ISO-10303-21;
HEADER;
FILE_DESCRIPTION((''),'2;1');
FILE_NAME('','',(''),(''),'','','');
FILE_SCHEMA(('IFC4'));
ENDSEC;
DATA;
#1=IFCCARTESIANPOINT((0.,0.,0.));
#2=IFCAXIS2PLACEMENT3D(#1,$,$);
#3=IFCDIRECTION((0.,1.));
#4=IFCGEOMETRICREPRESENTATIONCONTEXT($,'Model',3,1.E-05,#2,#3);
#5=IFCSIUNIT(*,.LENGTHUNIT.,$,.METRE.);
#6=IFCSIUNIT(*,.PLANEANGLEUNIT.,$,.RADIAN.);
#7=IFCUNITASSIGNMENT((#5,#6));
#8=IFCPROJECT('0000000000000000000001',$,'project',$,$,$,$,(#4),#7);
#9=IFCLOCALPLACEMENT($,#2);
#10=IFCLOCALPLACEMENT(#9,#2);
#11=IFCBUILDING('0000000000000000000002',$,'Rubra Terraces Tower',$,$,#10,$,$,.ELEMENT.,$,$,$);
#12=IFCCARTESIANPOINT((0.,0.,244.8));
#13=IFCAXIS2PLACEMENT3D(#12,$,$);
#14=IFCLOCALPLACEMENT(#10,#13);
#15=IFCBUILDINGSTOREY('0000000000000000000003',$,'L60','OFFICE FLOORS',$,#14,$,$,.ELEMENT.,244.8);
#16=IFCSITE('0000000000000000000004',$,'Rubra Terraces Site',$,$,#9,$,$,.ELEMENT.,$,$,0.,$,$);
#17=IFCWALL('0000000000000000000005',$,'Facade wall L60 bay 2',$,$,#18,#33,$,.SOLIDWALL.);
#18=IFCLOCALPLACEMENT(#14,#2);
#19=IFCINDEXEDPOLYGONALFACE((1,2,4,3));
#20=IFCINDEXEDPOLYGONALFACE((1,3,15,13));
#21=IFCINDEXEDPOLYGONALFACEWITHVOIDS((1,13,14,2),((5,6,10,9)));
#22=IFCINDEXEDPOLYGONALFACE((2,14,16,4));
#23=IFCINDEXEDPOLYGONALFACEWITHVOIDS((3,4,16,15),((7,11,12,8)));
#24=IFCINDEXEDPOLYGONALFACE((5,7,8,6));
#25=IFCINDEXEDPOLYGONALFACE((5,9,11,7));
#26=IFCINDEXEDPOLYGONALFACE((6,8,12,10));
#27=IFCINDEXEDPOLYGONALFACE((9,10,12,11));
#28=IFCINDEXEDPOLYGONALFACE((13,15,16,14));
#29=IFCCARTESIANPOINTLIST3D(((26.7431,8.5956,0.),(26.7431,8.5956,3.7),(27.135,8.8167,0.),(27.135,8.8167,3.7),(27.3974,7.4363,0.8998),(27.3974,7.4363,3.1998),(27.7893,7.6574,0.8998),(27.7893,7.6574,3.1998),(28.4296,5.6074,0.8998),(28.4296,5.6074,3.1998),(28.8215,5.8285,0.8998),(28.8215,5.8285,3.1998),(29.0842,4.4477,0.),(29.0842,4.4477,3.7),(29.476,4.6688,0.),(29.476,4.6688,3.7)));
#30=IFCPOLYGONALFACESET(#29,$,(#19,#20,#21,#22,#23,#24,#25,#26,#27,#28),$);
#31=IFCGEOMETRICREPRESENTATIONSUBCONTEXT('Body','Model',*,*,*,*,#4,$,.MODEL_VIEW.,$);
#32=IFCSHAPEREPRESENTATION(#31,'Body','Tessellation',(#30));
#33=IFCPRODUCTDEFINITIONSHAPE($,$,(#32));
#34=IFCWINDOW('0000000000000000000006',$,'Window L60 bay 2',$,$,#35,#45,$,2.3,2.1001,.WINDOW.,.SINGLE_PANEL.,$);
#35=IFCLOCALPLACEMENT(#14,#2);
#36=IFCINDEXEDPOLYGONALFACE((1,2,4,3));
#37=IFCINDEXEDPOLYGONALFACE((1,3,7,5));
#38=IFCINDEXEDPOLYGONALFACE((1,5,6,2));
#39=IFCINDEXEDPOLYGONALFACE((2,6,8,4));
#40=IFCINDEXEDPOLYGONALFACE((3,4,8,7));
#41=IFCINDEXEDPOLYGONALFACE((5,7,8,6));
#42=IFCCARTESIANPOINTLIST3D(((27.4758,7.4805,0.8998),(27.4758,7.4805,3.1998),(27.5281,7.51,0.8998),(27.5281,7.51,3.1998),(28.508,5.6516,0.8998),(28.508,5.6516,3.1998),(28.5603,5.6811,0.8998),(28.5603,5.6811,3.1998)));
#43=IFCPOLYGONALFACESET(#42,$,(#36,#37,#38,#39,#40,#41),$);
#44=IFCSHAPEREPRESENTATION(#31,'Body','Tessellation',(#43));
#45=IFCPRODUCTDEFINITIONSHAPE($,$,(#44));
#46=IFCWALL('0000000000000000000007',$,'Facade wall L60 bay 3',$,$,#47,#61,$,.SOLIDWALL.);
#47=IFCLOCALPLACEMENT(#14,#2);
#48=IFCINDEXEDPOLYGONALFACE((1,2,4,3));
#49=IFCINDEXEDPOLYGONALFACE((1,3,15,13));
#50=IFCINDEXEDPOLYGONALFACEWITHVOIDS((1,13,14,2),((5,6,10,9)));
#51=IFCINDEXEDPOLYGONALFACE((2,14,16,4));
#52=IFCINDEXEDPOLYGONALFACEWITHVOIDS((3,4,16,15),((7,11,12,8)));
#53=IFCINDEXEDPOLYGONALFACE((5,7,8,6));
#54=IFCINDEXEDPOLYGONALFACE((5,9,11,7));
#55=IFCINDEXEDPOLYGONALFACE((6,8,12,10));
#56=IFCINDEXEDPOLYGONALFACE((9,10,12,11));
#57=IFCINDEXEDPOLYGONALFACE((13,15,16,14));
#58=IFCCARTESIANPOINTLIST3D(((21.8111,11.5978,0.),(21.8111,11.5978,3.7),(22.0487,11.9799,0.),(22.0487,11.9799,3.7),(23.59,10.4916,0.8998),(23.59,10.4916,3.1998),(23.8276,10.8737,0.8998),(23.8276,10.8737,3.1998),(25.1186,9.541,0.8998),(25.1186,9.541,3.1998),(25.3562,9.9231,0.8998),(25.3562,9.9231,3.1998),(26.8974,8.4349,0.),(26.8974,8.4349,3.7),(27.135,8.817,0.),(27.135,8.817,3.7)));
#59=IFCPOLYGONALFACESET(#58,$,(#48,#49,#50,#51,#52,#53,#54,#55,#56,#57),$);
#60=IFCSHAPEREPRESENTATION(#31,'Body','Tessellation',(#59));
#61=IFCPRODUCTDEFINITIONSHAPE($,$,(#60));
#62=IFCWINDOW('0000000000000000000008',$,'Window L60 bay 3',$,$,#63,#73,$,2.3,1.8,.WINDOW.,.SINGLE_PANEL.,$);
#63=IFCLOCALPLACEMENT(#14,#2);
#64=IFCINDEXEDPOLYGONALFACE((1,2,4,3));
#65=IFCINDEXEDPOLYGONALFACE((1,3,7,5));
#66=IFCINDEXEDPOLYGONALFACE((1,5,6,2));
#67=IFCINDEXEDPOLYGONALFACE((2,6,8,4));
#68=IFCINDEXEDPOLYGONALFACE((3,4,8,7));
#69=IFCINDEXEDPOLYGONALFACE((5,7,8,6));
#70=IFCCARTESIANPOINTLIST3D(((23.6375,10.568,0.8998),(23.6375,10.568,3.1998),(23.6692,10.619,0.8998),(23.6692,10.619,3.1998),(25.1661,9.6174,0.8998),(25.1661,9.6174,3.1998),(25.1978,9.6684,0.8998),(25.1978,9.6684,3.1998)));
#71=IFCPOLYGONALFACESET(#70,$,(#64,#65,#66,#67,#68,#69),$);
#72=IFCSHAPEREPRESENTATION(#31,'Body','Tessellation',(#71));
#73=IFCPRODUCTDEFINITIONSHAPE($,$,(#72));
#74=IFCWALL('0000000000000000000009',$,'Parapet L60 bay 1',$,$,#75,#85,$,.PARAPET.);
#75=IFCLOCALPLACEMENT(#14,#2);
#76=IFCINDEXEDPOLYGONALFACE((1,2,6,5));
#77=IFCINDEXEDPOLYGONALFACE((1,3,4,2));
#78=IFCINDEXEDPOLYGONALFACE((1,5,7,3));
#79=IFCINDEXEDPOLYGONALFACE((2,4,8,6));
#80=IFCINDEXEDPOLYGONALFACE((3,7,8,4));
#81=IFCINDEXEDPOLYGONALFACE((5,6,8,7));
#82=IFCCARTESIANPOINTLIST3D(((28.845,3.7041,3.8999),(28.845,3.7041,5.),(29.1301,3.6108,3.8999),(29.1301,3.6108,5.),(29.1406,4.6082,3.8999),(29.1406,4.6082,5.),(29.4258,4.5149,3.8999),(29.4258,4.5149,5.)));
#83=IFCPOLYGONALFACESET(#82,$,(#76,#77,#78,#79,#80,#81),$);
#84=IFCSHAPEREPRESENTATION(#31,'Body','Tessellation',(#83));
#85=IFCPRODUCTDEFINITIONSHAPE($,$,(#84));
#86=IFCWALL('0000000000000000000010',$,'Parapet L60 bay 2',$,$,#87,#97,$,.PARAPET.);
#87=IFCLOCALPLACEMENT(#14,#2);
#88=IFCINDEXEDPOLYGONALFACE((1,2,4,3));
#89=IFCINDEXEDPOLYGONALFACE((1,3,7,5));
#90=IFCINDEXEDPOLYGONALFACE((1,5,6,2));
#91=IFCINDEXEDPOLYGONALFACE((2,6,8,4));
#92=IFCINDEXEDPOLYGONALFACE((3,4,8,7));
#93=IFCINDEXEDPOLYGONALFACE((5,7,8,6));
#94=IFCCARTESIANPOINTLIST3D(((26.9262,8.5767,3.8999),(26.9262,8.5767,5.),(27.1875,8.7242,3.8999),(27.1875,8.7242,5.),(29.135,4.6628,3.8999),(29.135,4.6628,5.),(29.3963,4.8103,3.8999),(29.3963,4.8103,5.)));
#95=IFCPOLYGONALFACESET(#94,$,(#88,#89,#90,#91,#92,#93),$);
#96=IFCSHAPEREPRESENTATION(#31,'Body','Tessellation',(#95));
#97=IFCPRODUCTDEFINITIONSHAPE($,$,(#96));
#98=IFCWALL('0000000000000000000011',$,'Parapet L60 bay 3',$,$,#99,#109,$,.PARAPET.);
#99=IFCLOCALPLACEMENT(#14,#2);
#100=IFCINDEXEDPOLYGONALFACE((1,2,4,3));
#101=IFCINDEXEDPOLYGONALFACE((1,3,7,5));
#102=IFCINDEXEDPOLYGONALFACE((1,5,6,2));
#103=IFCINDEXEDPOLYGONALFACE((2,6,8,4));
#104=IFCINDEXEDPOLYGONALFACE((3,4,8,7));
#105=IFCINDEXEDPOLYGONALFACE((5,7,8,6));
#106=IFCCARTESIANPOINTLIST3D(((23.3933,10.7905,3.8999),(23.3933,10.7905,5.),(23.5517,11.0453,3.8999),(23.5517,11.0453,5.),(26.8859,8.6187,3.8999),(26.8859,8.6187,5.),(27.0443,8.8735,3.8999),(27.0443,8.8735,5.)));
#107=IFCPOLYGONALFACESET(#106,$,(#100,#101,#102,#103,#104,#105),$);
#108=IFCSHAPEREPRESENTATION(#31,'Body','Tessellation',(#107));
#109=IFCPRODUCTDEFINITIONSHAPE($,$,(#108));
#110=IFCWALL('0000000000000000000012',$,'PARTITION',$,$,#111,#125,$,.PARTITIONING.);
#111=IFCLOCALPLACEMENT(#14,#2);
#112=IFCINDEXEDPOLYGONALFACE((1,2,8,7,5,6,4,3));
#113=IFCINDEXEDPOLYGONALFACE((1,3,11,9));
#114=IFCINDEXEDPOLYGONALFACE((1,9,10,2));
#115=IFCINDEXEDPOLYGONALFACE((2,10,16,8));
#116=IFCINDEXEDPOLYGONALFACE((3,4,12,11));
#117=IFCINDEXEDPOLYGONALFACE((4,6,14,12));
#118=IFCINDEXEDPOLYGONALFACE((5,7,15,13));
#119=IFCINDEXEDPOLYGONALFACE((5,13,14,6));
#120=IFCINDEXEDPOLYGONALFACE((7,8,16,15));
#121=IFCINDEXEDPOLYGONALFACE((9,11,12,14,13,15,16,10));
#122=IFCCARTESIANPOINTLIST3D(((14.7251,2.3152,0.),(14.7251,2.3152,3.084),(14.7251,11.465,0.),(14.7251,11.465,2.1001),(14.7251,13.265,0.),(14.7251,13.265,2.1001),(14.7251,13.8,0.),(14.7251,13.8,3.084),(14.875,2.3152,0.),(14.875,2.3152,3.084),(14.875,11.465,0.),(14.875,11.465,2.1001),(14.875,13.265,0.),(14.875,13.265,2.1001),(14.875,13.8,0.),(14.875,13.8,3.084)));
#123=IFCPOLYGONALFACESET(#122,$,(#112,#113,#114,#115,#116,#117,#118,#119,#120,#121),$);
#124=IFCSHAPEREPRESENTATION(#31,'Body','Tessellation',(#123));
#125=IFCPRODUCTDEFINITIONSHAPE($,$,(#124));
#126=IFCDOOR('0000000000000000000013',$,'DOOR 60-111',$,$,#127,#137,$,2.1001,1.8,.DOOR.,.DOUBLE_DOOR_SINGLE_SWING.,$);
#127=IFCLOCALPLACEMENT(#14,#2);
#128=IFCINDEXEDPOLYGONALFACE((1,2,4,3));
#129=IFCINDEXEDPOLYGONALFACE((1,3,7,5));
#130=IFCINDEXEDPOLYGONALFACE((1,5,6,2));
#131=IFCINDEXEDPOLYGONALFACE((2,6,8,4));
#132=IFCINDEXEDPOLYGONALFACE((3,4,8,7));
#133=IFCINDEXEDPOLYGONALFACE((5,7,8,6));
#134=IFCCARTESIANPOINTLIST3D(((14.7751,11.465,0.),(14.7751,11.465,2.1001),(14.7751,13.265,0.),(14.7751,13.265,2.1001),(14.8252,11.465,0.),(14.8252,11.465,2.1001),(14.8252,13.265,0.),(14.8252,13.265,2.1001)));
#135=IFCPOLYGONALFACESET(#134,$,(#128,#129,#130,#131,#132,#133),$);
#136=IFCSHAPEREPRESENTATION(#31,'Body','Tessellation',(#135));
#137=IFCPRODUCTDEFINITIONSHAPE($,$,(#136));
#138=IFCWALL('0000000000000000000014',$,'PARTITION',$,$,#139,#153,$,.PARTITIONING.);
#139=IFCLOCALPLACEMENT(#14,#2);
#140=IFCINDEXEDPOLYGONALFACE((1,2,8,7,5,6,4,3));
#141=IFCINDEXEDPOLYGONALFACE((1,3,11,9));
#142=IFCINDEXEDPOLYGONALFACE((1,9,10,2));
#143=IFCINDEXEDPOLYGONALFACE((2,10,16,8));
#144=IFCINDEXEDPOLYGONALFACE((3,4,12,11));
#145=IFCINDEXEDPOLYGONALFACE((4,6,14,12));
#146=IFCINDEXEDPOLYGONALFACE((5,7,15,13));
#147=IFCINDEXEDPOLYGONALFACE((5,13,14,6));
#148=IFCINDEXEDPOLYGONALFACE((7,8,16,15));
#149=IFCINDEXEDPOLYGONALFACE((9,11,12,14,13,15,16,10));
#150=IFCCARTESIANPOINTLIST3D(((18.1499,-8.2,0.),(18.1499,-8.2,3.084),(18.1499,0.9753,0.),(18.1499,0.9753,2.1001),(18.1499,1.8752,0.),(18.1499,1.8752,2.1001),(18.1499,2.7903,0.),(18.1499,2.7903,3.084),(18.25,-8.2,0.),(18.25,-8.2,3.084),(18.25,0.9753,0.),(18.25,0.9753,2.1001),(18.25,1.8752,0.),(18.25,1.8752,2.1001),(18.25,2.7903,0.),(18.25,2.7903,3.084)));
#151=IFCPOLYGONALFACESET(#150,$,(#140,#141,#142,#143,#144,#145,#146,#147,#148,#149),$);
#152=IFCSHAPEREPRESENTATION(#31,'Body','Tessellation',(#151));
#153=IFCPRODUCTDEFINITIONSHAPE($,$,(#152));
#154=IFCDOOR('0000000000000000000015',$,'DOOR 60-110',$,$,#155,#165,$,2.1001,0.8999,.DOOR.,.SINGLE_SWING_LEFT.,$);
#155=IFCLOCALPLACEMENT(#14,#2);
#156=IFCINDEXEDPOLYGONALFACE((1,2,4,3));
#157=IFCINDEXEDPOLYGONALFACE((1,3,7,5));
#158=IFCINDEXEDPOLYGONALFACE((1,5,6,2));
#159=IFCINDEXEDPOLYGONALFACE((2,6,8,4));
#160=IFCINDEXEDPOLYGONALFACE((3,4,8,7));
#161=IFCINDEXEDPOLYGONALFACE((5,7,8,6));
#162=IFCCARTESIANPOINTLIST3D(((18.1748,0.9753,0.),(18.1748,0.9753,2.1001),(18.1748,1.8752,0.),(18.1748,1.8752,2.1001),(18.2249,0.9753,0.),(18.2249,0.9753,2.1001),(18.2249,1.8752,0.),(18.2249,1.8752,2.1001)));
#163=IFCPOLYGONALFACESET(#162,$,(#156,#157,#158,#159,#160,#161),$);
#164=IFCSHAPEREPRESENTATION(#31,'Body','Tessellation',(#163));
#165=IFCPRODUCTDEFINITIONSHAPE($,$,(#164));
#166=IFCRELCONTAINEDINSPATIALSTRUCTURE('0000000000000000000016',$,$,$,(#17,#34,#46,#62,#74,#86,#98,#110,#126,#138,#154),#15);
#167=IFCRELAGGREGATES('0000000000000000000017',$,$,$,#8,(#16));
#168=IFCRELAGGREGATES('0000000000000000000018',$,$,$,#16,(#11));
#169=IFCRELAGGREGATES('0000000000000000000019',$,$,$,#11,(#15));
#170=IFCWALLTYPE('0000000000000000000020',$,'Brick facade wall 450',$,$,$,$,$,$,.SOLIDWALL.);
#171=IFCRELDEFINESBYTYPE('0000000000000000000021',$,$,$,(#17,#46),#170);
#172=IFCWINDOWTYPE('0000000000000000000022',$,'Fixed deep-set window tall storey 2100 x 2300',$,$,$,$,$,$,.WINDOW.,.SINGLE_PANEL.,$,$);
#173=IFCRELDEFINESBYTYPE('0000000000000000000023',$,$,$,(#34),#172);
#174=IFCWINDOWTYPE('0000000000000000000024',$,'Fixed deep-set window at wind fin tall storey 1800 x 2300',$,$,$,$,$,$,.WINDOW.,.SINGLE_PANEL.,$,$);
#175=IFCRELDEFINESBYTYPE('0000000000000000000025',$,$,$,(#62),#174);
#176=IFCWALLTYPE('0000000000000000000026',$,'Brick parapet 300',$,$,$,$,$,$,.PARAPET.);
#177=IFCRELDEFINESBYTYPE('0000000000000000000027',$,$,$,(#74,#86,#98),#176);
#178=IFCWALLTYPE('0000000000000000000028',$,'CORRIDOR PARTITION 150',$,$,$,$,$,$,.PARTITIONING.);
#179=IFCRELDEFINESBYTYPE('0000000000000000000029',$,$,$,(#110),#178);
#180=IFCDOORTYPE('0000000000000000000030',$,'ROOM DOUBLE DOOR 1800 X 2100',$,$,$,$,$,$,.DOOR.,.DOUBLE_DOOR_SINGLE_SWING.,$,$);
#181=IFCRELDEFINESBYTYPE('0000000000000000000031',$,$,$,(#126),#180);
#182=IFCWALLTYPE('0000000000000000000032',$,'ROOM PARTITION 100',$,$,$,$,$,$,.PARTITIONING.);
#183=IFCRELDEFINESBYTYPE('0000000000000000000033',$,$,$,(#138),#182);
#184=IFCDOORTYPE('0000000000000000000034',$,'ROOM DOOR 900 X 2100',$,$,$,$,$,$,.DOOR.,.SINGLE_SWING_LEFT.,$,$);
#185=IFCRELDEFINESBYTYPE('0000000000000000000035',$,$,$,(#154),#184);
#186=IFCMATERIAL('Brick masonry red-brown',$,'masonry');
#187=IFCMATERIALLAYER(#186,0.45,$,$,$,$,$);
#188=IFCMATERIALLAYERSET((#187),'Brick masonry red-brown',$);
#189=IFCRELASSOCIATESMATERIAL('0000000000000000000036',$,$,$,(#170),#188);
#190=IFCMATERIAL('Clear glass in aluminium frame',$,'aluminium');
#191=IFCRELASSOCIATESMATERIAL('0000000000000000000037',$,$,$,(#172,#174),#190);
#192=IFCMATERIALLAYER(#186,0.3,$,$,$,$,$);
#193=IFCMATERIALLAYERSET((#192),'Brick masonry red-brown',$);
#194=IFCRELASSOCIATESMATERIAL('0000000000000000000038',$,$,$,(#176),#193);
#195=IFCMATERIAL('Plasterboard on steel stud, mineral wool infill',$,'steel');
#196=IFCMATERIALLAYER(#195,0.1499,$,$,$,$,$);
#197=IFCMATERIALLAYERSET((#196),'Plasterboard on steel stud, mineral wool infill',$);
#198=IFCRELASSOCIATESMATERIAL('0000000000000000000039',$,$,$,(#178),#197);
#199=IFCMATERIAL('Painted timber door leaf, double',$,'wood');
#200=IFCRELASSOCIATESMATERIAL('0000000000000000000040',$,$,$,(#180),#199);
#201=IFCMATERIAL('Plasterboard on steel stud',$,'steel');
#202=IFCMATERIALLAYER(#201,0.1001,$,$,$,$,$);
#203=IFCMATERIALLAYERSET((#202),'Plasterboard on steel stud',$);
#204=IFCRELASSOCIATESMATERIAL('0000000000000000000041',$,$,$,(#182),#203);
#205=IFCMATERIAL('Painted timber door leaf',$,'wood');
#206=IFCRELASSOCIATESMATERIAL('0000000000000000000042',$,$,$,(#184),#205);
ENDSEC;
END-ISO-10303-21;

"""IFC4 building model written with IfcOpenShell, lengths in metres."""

from ifc_helpers import new_model, si_unit, direction, frame, frame_2d, origin, place, context, subcontext, project, spatial, rectangle, extrude, material, layer, layer_set, type_object, element, fill, save


model = new_model("IFC4")

# Units and contexts
model_context = context("Model", 3, precision=1e-05, world=origin(), true_north=direction((0.0, 1.0)))
body_context = subcontext(model_context, "Body", "Model", "MODEL_VIEW")
ifc_project = project(units=[si_unit("LENGTHUNIT", "METRE"), si_unit("PLANEANGLEUNIT", "RADIAN")], contexts=[model_context])

# Site, building, storey
site_placement = place(None, origin())
site = spatial("IfcSite", under=ifc_project, at=site_placement, Name="Rubra Terraces Site", CompositionType="ELEMENT", RefElevation=0.0)
building_placement = place(site_placement, origin())
building = spatial("IfcBuilding", under=site, at=building_placement, Name="Rubra Terraces Tower", CompositionType="ELEMENT")
storey_placement = place(building_placement, frame((0.0, 0.0, 244.8)))
storey = spatial("IfcBuildingStorey", under=building, at=storey_placement, Name="L60", Description="OFFICE FLOORS", CompositionType="ELEMENT", Elevation=244.8)

# Walls, openings, windows
ifc_material_1 = material(Name="Brick masonry red-brown", Category="masonry")
ifc_layer_1 = layer(ifc_material_1, 0.45)
ifc_layer_set_1 = layer_set([ifc_layer_1], Name="Brick masonry red-brown")
wall_type_1 = type_object("IfcWallType", Name="Brick facade wall 450", PredefinedType="SOLIDWALL", material=ifc_layer_set_1)
ifc_material_2 = material(Name="Clear glass in aluminium frame", Category="aluminium")
window_type_1 = type_object("IfcWindowType", Name="Fixed deep-set window tall storey 2100 x 2300", PartitioningType="SINGLE_PANEL", PredefinedType="WINDOW", material=ifc_material_2)
wall_1_placement = place(storey_placement, frame((29.28, 4.5583, 0.0), z_axis=(0.0, 0.0, 1.0), x_axis=(-0.491512, 0.870871, 0.0)))
wall_1 = element("IfcWall", 1, at=wall_1_placement, inside=storey, type_object=wall_type_1, Name="Facade wall L60 bay 2", PredefinedType="SOLIDWALL", context=body_context, shape_type="SweptSolid", body=[
    extrude(rectangle(XDim=4.7629, YDim=0.45, at=frame_2d((2.3813, 0.0))), origin(), (0.0, 0.0, 1.0), 3.7),
])
opening_1_placement = place(wall_1_placement, frame((1.3315, 0.0, 0.8999)))
opening_1 = element("IfcOpeningElement", 2, at=opening_1_placement, cuts=wall_1, PredefinedType="OPENING", context=body_context, shape_type="SweptSolid", body=[
    extrude(rectangle(XDim=2.1001, YDim=2.3, at=frame_2d((1.05, 1.1499))), frame((0.0, 0.2349, 0.0), z_axis=(0.0, -1.0, 0.0), x_axis=(1.0, 0.0, 0.0)), (0.0, 0.0, 1.0), 0.47),
])
window_1_placement = place(opening_1_placement, origin())
window_1 = element("IfcWindow", 3, at=window_1_placement, inside=storey, type_object=window_type_1, Name="Window L60 bay 2", OverallHeight=2.3, OverallWidth=2.1001, PartitioningType="SINGLE_PANEL", PredefinedType="WINDOW", context=body_context, shape_type="SweptSolid", body=[
    extrude(rectangle(XDim=2.1001, YDim=2.3, at=frame_2d((1.05, 1.1499))), frame((0.0, 0.135, 0.0), z_axis=(0.0, -1.0, 0.0), x_axis=(1.0, 0.0, 0.0)), (0.0, 0.0, 1.0), 0.0601),
])
fill(opening_1, window_1)
wall_2_placement = place(storey_placement, frame((27.0161, 8.626, 0.0), z_axis=(0.0, 0.0, 1.0), x_axis=(-0.849198, 0.528074, 0.0)))
wall_2 = element("IfcWall", 4, at=wall_2_placement, inside=storey, type_object=wall_type_1, Name="Facade wall L60 bay 3", PredefinedType="SOLIDWALL", context=body_context, shape_type="SweptSolid", body=[
    extrude(rectangle(XDim=5.9895, YDim=0.45, at=frame_2d((2.9946, 0.0))), origin(), (0.0, 0.0, 1.0), 3.7),
])
opening_2_placement = place(wall_2_placement, frame((2.0947, 0.0, 0.8999)))
opening_2 = element("IfcOpeningElement", 5, at=opening_2_placement, cuts=wall_2, PredefinedType="OPENING", context=body_context, shape_type="SweptSolid", body=[
    extrude(rectangle(XDim=1.8, YDim=2.3, at=frame_2d((0.8999, 1.1499))), frame((0.0, 0.2349, 0.0), z_axis=(0.0, -1.0, 0.0), x_axis=(1.0, 0.0, 0.0)), (0.0, 0.0, 1.0), 0.47),
])
window_type_2 = type_object("IfcWindowType", Name="Fixed deep-set window at wind fin tall storey 1800 x 2300", PartitioningType="SINGLE_PANEL", PredefinedType="WINDOW", material=ifc_material_2)
window_2_placement = place(opening_2_placement, origin())
window_2 = element("IfcWindow", 6, at=window_2_placement, inside=storey, type_object=window_type_2, Name="Window L60 bay 3", OverallHeight=2.3, OverallWidth=1.8, PartitioningType="SINGLE_PANEL", PredefinedType="WINDOW", context=body_context, shape_type="SweptSolid", body=[
    extrude(rectangle(XDim=1.8, YDim=2.3, at=frame_2d((0.8999, 1.1499))), frame((0.0, 0.135, 0.0), z_axis=(0.0, -1.0, 0.0), x_axis=(1.0, 0.0, 0.0)), (0.0, 0.0, 1.0), 0.0601),
])
fill(opening_2, window_2)

# Walls
ifc_layer_2 = layer(ifc_material_1, 0.3)
ifc_layer_set_2 = layer_set([ifc_layer_2], Name="Brick masonry red-brown")
wall_type_2 = type_object("IfcWallType", Name="Brick parapet 300", PredefinedType="PARAPET", material=ifc_layer_set_2)
wall_3_placement = place(storey_placement, frame((28.9875, 3.6575, 3.8999), z_axis=(0.0, 0.0, 1.0), x_axis=(0.310833, 0.950465, 0.0)))
element("IfcWall", 7, at=wall_3_placement, inside=storey, type_object=wall_type_2, Name="Parapet L60 bay 1", PredefinedType="PARAPET", context=body_context, shape_type="SweptSolid", body=[
    extrude(rectangle(XDim=0.9512, YDim=0.3, at=frame_2d((0.4756, 0.0))), origin(), (0.0, 0.0, 1.0), 1.1001),
])
wall_4_placement = place(storey_placement, frame((29.2656, 4.7366, 3.8999), z_axis=(0.0, 0.0, 1.0), x_axis=(-0.491481, 0.870888, 0.0)))
element("IfcWall", 8, at=wall_4_placement, inside=storey, type_object=wall_type_2, Name="Parapet L60 bay 2", PredefinedType="PARAPET", context=body_context, shape_type="SweptSolid", body=[
    extrude(rectangle(XDim=4.4941, YDim=0.3, at=frame_2d((2.2471, 0.0))), origin(), (0.0, 0.0, 1.0), 1.1001),
])
wall_5_placement = place(storey_placement, frame((26.9651, 8.7461, 3.8999), z_axis=(0.0, 0.0, 1.0), x_axis=(-0.849203, 0.528066, 0.0)))
element("IfcWall", 9, at=wall_5_placement, inside=storey, type_object=wall_type_2, Name="Parapet L60 bay 3", PredefinedType="PARAPET", context=body_context, shape_type="SweptSolid", body=[
    extrude(rectangle(XDim=4.1128, YDim=0.3, at=frame_2d((2.0564, 0.0))), origin(), (0.0, 0.0, 1.0), 1.1001),
])

# Walls, openings, doors
ifc_material_3 = material(Name="Plasterboard on steel stud, mineral wool infill", Category="steel")
ifc_layer_3 = layer(ifc_material_3, 0.1499)
ifc_layer_set_3 = layer_set([ifc_layer_3], Name="Plasterboard on steel stud, mineral wool infill")
wall_type_3 = type_object("IfcWallType", Name="CORRIDOR PARTITION 150", PredefinedType="PARTITIONING", material=ifc_layer_set_3)
wall_6_placement = place(storey_placement, frame((14.8, 2.3152, 0.0), z_axis=(0.0, 0.0, 1.0), x_axis=(0.0, 1.0, 0.0)))
wall_6 = element("IfcWall", 10, at=wall_6_placement, inside=storey, type_object=wall_type_3, Name="PARTITION", PredefinedType="PARTITIONING", context=body_context, shape_type="SweptSolid", body=[
    extrude(rectangle(XDim=11.4849, YDim=0.1499, at=frame_2d((5.7424, 0.0))), origin(), (0.0, 0.0, 1.0), 3.084),
])
opening_3_placement = place(wall_6_placement, frame((9.1499, 0.0, 0.0)))
opening_3 = element("IfcOpeningElement", 11, at=opening_3_placement, cuts=wall_6, PredefinedType="OPENING", context=body_context, shape_type="SweptSolid", body=[
    extrude(rectangle(XDim=1.8, YDim=2.1001, at=frame_2d((0.8999, 1.05))), frame((0.0, 0.085, 0.0), z_axis=(0.0, -1.0, 0.0), x_axis=(1.0, 0.0, 0.0)), (0.0, 0.0, 1.0), 0.1699),
])
ifc_material_4 = material(Name="Painted timber door leaf, double", Category="wood")
door_type_1 = type_object("IfcDoorType", Name="ROOM DOUBLE DOOR 1800 X 2100", OperationType="DOUBLE_DOOR_SINGLE_SWING", PredefinedType="DOOR", material=ifc_material_4)
door_1_placement = place(opening_3_placement, origin())
door_1 = element("IfcDoor", 12, at=door_1_placement, inside=storey, type_object=door_type_1, Name="DOOR 60-111", OperationType="DOUBLE_DOOR_SINGLE_SWING", OverallHeight=2.1001, OverallWidth=1.8, PredefinedType="DOOR", context=body_context, shape_type="SweptSolid", body=[
    extrude(rectangle(XDim=1.8, YDim=2.1001, at=frame_2d((0.8999, 1.05))), frame((0.0, 0.0249, 0.0), z_axis=(0.0, -1.0, 0.0), x_axis=(1.0, 0.0, 0.0)), (0.0, 0.0, 1.0), 0.05),
])
fill(opening_3, door_1)
ifc_material_5 = material(Name="Plasterboard on steel stud", Category="steel")
ifc_layer_4 = layer(ifc_material_5, 0.1001)
ifc_layer_set_4 = layer_set([ifc_layer_4], Name="Plasterboard on steel stud")
wall_type_4 = type_object("IfcWallType", Name="ROOM PARTITION 100", PredefinedType="PARTITIONING", material=ifc_layer_set_4)
wall_7_placement = place(storey_placement, frame((18.2, 2.7903, 0.0), z_axis=(0.0, 0.0, 1.0), x_axis=(0.0, -1.0, 0.0)))
wall_7 = element("IfcWall", 13, at=wall_7_placement, inside=storey, type_object=wall_type_4, Name="PARTITION", PredefinedType="PARTITIONING", context=body_context, shape_type="SweptSolid", body=[
    extrude(rectangle(XDim=10.9902, YDim=0.1001, at=frame_2d((5.4951, 0.0))), origin(), (0.0, 0.0, 1.0), 3.084),
])
opening_4_placement = place(wall_7_placement, frame((0.915, 0.0, 0.0)))
opening_4 = element("IfcOpeningElement", 14, at=opening_4_placement, cuts=wall_7, PredefinedType="OPENING", context=body_context, shape_type="SweptSolid", body=[
    extrude(rectangle(XDim=0.8999, YDim=2.1001, at=frame_2d((0.45, 1.05))), frame((0.0, 0.0601, 0.0), z_axis=(0.0, -1.0, 0.0), x_axis=(1.0, 0.0, 0.0)), (0.0, 0.0, 1.0), 0.1201),
])
ifc_material_6 = material(Name="Painted timber door leaf", Category="wood")
door_type_2 = type_object("IfcDoorType", Name="ROOM DOOR 900 X 2100", OperationType="SINGLE_SWING_LEFT", PredefinedType="DOOR", material=ifc_material_6)
door_2_placement = place(opening_4_placement, origin())
door_2 = element("IfcDoor", 15, at=door_2_placement, inside=storey, type_object=door_type_2, Name="DOOR 60-110", OperationType="SINGLE_SWING_LEFT", OverallHeight=2.1001, OverallWidth=0.8999, PredefinedType="DOOR", context=body_context, shape_type="SweptSolid", body=[
    extrude(rectangle(XDim=0.8999, YDim=2.1001, at=frame_2d((0.45, 1.05))), frame((0.0, 0.0249, 0.0), z_axis=(0.0, -1.0, 0.0), x_axis=(1.0, 0.0, 0.0)), (0.0, 0.0, 1.0), 0.05),
])
fill(opening_4, door_2)

save(model, "model.ifc")
